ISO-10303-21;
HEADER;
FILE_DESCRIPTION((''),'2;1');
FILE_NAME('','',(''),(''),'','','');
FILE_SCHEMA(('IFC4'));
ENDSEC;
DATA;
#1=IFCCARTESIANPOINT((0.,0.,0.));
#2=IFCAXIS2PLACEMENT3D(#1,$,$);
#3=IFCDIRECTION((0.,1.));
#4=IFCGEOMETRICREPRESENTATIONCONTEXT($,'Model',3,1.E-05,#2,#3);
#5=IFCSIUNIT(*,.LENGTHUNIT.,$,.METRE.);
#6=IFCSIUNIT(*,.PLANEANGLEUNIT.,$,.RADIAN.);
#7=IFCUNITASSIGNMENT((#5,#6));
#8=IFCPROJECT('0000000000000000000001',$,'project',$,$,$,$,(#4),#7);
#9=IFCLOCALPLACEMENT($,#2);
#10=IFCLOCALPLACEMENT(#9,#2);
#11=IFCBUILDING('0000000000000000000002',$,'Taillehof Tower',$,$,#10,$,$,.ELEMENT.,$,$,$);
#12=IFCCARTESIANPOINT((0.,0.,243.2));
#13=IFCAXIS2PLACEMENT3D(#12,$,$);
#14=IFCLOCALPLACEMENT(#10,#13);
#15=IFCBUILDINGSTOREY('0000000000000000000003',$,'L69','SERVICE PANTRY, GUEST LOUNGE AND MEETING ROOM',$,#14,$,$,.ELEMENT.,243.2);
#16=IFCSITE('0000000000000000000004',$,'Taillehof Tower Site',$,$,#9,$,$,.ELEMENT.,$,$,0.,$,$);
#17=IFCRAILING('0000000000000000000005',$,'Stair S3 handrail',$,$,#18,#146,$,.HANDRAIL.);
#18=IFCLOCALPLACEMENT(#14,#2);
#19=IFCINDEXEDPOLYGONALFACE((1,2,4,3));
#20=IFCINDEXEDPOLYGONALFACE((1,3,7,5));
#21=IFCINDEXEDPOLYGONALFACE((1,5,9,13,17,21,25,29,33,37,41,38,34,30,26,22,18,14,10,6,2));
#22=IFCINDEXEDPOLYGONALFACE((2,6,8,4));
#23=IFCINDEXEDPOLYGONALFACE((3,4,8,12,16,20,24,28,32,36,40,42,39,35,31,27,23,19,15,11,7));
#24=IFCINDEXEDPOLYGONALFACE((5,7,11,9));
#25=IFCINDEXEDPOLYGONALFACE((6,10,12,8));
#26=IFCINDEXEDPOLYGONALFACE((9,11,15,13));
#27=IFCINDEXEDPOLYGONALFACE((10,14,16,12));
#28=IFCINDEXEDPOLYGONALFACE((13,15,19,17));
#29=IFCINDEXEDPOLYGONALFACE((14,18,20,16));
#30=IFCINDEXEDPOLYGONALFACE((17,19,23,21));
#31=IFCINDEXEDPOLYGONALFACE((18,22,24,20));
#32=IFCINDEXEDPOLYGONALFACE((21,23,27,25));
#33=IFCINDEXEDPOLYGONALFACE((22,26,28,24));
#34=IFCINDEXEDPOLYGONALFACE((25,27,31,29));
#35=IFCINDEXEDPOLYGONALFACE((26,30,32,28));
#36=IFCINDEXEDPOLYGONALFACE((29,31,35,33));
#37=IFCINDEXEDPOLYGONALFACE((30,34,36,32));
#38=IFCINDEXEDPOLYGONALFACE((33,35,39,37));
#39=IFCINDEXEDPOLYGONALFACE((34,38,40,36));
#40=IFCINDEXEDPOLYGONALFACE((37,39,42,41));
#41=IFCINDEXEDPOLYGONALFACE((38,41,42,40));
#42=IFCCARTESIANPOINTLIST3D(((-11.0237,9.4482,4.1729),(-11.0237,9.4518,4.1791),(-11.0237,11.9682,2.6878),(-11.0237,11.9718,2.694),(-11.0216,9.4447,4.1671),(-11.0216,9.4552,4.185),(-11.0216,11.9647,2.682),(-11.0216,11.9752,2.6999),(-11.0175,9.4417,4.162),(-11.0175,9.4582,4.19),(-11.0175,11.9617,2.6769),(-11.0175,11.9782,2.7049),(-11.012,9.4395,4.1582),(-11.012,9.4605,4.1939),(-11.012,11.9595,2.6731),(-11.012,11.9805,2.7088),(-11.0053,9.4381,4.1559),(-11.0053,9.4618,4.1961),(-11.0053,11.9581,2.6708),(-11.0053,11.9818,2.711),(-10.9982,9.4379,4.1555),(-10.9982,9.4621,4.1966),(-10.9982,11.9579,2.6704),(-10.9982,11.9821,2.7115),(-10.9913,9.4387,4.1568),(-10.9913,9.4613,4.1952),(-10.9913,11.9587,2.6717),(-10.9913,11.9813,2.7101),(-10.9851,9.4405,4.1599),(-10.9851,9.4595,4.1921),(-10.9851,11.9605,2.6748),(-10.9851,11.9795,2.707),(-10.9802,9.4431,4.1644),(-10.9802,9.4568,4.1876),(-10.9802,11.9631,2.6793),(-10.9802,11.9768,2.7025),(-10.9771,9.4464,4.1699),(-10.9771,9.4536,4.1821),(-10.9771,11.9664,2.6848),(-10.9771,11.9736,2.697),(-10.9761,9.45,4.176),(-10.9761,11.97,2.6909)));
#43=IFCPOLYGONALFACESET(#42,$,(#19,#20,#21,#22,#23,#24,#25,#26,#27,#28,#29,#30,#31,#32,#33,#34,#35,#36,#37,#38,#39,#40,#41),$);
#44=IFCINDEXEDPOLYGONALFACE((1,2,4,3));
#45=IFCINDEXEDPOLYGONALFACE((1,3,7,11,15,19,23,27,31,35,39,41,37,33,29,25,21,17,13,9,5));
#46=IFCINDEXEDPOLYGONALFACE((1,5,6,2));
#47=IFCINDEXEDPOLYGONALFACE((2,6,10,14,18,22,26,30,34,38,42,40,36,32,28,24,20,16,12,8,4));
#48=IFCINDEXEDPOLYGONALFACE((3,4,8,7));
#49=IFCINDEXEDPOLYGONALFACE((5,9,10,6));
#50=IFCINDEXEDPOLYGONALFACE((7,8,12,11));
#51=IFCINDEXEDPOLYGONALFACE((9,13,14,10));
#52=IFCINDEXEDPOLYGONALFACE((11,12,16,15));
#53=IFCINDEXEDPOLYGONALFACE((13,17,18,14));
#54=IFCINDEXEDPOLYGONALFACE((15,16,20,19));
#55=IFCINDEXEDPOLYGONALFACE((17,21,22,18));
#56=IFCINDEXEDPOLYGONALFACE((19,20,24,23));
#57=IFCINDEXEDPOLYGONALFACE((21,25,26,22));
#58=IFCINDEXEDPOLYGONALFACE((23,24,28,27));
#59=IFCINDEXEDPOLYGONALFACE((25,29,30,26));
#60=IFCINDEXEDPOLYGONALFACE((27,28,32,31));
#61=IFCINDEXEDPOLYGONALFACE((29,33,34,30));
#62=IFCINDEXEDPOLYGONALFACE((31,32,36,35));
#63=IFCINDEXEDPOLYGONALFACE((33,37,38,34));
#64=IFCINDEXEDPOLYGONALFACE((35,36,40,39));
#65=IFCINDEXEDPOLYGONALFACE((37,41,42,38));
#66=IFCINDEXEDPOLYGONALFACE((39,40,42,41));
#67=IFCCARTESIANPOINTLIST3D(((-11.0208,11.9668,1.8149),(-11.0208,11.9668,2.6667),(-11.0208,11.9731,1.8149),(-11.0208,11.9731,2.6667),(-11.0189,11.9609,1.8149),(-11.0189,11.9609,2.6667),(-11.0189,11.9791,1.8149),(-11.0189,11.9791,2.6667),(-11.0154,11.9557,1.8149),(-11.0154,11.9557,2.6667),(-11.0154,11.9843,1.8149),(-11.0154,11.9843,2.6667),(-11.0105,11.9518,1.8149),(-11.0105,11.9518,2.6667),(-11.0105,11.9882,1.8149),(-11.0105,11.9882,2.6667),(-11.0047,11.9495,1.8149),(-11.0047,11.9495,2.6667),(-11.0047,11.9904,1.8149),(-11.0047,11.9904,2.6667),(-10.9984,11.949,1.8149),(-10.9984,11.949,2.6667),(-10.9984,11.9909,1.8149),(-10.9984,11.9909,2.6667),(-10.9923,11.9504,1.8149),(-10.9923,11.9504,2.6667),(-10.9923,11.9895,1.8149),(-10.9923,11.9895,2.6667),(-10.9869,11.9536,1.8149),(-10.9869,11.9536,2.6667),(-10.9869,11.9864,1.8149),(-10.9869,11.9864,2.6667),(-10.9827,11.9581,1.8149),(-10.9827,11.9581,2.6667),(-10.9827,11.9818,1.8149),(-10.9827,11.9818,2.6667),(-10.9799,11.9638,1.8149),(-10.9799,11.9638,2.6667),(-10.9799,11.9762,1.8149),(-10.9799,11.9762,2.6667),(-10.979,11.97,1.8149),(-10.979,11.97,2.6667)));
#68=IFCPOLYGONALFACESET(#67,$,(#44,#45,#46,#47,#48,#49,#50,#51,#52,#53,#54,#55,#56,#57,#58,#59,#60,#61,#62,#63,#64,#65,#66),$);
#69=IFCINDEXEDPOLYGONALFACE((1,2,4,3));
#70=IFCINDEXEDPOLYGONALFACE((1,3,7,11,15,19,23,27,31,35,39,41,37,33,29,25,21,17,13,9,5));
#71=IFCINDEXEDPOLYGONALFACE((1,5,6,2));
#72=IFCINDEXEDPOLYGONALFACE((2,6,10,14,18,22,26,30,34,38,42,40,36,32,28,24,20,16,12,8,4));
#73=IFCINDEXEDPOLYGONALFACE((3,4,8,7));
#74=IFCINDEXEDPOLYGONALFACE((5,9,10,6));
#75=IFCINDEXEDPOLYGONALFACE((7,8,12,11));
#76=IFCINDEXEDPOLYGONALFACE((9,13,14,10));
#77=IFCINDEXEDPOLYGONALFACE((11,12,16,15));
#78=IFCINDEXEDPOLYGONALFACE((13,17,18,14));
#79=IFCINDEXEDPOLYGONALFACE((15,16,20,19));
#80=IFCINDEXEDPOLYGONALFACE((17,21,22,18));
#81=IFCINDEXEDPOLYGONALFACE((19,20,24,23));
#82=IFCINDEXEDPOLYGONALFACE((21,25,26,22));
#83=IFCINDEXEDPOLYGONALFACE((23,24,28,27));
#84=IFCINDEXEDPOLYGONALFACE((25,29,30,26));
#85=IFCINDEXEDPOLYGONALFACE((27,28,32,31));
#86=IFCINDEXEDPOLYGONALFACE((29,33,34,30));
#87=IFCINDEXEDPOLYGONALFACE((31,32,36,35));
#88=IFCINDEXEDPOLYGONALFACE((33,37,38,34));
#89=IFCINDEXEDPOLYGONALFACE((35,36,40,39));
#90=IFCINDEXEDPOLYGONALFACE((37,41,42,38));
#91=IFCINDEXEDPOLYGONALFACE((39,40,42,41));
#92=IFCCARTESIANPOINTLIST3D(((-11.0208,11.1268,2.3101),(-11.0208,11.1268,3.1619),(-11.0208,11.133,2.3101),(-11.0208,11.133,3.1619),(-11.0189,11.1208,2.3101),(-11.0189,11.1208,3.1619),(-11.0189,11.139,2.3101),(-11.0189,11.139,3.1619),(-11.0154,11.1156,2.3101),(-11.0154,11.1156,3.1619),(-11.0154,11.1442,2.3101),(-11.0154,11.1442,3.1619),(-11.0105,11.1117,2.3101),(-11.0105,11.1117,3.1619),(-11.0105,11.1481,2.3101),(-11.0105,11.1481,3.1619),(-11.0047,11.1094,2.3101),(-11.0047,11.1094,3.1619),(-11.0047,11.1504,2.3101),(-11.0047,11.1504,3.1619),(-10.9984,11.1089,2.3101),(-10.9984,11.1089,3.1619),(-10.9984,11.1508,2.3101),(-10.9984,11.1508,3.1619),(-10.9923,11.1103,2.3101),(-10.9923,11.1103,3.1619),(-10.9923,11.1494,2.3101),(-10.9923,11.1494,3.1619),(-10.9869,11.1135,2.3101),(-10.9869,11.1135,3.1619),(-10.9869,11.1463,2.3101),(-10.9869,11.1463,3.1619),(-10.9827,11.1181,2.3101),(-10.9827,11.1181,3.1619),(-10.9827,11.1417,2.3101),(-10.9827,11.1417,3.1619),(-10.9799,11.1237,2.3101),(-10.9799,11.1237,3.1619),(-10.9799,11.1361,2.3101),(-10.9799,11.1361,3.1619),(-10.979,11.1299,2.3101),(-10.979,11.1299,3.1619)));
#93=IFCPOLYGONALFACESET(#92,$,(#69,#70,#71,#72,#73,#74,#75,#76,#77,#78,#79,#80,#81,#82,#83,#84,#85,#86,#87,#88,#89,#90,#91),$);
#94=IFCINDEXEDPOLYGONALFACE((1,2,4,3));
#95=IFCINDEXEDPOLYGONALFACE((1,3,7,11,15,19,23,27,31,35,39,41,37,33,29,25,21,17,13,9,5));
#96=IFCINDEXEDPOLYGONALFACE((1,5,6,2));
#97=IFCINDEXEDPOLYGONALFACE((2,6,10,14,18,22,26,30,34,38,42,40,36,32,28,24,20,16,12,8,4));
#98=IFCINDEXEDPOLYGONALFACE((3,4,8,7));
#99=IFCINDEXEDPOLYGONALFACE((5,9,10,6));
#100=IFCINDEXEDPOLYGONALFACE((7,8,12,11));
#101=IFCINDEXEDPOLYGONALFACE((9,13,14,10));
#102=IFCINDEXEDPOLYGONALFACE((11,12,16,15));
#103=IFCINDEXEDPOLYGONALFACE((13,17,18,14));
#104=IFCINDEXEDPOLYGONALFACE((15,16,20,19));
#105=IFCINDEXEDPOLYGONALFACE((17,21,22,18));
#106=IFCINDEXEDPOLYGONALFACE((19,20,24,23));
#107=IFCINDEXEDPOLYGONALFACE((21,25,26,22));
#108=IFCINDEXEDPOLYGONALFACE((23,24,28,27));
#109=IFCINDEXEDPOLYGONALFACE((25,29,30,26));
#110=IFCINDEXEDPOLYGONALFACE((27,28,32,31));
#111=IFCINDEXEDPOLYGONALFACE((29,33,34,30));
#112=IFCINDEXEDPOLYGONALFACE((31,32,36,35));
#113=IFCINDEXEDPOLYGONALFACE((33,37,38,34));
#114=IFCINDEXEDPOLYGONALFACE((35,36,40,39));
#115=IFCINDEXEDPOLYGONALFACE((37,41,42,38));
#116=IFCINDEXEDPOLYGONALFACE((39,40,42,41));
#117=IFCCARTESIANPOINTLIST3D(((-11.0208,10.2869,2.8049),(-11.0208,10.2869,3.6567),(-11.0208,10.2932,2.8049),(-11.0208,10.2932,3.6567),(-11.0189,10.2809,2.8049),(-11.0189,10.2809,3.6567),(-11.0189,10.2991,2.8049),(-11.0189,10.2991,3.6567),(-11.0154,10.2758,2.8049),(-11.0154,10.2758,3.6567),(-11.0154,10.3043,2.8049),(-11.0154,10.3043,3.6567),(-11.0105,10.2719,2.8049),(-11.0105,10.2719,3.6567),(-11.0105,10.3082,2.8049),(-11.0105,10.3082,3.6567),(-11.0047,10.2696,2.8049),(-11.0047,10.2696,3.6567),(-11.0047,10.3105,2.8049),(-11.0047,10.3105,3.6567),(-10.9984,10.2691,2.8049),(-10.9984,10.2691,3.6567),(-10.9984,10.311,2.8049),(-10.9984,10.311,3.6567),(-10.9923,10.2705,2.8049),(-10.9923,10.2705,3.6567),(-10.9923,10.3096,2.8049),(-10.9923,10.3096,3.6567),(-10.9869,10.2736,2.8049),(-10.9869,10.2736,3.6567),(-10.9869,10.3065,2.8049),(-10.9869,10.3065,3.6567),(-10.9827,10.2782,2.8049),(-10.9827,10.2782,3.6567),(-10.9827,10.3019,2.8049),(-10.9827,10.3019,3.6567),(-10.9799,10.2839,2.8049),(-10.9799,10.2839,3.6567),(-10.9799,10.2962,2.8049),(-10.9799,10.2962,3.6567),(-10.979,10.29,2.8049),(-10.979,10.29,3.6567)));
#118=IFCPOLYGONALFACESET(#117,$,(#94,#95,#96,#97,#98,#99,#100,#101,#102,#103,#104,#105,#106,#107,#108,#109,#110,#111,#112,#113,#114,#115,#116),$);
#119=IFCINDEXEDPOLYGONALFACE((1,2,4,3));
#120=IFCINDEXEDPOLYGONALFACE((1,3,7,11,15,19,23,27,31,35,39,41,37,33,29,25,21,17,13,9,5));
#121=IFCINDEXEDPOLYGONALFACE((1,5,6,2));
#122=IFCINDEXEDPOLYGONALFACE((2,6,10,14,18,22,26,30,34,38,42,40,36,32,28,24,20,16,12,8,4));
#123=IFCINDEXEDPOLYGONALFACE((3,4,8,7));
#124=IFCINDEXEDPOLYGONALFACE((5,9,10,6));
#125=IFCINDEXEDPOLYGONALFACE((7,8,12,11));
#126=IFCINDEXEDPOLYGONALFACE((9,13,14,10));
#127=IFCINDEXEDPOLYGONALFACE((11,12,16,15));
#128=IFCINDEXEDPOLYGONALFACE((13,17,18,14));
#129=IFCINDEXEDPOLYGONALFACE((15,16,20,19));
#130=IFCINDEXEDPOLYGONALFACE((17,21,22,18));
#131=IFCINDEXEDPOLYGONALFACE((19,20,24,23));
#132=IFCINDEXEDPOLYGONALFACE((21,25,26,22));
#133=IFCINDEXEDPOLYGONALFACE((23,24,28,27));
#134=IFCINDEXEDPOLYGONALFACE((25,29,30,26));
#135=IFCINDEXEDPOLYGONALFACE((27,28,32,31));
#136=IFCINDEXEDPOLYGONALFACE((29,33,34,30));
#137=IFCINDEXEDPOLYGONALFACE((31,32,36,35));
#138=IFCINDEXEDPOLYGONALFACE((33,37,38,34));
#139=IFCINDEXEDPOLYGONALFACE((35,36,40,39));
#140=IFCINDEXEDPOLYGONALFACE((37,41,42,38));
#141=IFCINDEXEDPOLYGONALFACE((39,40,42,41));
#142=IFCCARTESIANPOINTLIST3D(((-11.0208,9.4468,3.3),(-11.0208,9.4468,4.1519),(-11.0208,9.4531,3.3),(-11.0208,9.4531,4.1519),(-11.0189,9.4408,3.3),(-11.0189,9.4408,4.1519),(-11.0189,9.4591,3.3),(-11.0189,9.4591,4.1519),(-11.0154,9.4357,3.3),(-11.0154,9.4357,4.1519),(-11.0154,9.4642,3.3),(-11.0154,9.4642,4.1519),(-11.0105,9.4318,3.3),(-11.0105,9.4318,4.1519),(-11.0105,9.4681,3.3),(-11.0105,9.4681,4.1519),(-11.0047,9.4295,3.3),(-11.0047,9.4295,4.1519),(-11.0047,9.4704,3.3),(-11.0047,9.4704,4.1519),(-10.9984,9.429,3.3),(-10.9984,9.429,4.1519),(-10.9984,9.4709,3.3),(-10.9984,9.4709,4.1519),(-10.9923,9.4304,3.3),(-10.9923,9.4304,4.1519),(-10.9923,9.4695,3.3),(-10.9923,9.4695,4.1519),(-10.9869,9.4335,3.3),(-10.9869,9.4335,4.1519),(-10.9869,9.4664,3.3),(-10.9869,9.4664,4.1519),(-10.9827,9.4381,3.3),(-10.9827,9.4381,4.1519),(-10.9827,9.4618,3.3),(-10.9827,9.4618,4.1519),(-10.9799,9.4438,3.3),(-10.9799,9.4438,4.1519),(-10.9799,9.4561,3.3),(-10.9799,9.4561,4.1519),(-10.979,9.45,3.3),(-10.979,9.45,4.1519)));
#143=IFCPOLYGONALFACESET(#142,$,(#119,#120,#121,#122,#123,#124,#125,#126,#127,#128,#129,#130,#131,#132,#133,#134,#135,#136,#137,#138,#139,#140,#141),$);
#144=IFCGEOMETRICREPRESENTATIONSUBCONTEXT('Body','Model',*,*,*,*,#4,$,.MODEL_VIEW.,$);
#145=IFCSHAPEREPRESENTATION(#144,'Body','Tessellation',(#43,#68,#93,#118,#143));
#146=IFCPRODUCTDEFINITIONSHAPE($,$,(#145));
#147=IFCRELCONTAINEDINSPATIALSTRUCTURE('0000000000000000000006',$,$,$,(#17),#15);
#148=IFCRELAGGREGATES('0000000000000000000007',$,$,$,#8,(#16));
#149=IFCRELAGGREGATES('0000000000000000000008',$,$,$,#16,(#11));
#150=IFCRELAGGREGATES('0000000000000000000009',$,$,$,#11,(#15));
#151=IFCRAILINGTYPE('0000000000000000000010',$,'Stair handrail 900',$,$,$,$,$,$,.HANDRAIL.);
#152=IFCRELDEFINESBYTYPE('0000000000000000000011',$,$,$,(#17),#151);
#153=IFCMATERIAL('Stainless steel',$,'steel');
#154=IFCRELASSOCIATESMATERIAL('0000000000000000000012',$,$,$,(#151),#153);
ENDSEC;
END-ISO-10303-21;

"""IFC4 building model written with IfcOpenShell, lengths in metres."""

from ifc_helpers import new_model, si_unit, direction, frame, origin, origin_2d, place, context, subcontext, project, spatial, circle, extrude, material, type_object, element, save


model = new_model("IFC4")

# Units and contexts
model_context = context("Model", 3, precision=1e-05, world=origin(), true_north=direction((0.0, 1.0)))
body_context = subcontext(model_context, "Body", "Model", "MODEL_VIEW")
ifc_project = project(units=[si_unit("LENGTHUNIT", "METRE"), si_unit("PLANEANGLEUNIT", "RADIAN")], contexts=[model_context])

# Site, building, storey
site_placement = place(None, origin())
site = spatial("IfcSite", under=ifc_project, at=site_placement, Name="Taillehof Tower Site", CompositionType="ELEMENT", RefElevation=0.0)
building_placement = place(site_placement, origin())
building = spatial("IfcBuilding", under=site, at=building_placement, Name="Taillehof Tower", CompositionType="ELEMENT")
storey_placement = place(building_placement, frame((0.0, 0.0, 243.2)))
storey = spatial("IfcBuildingStorey", under=building, at=storey_placement, Name="L69", Description="SERVICE PANTRY, GUEST LOUNGE AND MEETING ROOM", CompositionType="ELEMENT", Elevation=243.2)

# Railing
ifc_material_1 = material(Name="Stainless steel", Category="steel")
railing_type = type_object("IfcRailingType", Name="Stair handrail 900", PredefinedType="HANDRAIL", material=ifc_material_1)
railing_placement = place(storey_placement, frame((-11.0, 11.97, 1.8149)))
element("IfcRailing", 1, at=railing_placement, inside=storey, type_object=railing_type, Name="Stair S3 handrail", PredefinedType="HANDRAIL", context=body_context, shape_type="SweptSolid", body=[
    extrude(circle(Radius=0.0239, at=origin_2d()), frame((0.0, 0.0, 0.876), z_axis=(0.0, -0.861524, 0.507717), x_axis=(1.0, 0.0, 0.0)), (0.0, 0.0, 1.0), 2.925),
    extrude(circle(Radius=0.021, at=origin_2d()), origin(), (0.0, 0.0, 1.0), 0.8518),
    extrude(circle(Radius=0.021, at=origin_2d()), frame((0.0, -0.8401, 0.4951)), (0.0, 0.0, 1.0), 0.8518),
    extrude(circle(Radius=0.021, at=origin_2d()), frame((0.0, -1.6799, 0.99)), (0.0, 0.0, 1.0), 0.8518),
    extrude(circle(Radius=0.021, at=origin_2d()), frame((0.0, -2.52, 1.4851)), (0.0, 0.0, 1.0), 0.8518),
])

save(model, "model.ifc")
